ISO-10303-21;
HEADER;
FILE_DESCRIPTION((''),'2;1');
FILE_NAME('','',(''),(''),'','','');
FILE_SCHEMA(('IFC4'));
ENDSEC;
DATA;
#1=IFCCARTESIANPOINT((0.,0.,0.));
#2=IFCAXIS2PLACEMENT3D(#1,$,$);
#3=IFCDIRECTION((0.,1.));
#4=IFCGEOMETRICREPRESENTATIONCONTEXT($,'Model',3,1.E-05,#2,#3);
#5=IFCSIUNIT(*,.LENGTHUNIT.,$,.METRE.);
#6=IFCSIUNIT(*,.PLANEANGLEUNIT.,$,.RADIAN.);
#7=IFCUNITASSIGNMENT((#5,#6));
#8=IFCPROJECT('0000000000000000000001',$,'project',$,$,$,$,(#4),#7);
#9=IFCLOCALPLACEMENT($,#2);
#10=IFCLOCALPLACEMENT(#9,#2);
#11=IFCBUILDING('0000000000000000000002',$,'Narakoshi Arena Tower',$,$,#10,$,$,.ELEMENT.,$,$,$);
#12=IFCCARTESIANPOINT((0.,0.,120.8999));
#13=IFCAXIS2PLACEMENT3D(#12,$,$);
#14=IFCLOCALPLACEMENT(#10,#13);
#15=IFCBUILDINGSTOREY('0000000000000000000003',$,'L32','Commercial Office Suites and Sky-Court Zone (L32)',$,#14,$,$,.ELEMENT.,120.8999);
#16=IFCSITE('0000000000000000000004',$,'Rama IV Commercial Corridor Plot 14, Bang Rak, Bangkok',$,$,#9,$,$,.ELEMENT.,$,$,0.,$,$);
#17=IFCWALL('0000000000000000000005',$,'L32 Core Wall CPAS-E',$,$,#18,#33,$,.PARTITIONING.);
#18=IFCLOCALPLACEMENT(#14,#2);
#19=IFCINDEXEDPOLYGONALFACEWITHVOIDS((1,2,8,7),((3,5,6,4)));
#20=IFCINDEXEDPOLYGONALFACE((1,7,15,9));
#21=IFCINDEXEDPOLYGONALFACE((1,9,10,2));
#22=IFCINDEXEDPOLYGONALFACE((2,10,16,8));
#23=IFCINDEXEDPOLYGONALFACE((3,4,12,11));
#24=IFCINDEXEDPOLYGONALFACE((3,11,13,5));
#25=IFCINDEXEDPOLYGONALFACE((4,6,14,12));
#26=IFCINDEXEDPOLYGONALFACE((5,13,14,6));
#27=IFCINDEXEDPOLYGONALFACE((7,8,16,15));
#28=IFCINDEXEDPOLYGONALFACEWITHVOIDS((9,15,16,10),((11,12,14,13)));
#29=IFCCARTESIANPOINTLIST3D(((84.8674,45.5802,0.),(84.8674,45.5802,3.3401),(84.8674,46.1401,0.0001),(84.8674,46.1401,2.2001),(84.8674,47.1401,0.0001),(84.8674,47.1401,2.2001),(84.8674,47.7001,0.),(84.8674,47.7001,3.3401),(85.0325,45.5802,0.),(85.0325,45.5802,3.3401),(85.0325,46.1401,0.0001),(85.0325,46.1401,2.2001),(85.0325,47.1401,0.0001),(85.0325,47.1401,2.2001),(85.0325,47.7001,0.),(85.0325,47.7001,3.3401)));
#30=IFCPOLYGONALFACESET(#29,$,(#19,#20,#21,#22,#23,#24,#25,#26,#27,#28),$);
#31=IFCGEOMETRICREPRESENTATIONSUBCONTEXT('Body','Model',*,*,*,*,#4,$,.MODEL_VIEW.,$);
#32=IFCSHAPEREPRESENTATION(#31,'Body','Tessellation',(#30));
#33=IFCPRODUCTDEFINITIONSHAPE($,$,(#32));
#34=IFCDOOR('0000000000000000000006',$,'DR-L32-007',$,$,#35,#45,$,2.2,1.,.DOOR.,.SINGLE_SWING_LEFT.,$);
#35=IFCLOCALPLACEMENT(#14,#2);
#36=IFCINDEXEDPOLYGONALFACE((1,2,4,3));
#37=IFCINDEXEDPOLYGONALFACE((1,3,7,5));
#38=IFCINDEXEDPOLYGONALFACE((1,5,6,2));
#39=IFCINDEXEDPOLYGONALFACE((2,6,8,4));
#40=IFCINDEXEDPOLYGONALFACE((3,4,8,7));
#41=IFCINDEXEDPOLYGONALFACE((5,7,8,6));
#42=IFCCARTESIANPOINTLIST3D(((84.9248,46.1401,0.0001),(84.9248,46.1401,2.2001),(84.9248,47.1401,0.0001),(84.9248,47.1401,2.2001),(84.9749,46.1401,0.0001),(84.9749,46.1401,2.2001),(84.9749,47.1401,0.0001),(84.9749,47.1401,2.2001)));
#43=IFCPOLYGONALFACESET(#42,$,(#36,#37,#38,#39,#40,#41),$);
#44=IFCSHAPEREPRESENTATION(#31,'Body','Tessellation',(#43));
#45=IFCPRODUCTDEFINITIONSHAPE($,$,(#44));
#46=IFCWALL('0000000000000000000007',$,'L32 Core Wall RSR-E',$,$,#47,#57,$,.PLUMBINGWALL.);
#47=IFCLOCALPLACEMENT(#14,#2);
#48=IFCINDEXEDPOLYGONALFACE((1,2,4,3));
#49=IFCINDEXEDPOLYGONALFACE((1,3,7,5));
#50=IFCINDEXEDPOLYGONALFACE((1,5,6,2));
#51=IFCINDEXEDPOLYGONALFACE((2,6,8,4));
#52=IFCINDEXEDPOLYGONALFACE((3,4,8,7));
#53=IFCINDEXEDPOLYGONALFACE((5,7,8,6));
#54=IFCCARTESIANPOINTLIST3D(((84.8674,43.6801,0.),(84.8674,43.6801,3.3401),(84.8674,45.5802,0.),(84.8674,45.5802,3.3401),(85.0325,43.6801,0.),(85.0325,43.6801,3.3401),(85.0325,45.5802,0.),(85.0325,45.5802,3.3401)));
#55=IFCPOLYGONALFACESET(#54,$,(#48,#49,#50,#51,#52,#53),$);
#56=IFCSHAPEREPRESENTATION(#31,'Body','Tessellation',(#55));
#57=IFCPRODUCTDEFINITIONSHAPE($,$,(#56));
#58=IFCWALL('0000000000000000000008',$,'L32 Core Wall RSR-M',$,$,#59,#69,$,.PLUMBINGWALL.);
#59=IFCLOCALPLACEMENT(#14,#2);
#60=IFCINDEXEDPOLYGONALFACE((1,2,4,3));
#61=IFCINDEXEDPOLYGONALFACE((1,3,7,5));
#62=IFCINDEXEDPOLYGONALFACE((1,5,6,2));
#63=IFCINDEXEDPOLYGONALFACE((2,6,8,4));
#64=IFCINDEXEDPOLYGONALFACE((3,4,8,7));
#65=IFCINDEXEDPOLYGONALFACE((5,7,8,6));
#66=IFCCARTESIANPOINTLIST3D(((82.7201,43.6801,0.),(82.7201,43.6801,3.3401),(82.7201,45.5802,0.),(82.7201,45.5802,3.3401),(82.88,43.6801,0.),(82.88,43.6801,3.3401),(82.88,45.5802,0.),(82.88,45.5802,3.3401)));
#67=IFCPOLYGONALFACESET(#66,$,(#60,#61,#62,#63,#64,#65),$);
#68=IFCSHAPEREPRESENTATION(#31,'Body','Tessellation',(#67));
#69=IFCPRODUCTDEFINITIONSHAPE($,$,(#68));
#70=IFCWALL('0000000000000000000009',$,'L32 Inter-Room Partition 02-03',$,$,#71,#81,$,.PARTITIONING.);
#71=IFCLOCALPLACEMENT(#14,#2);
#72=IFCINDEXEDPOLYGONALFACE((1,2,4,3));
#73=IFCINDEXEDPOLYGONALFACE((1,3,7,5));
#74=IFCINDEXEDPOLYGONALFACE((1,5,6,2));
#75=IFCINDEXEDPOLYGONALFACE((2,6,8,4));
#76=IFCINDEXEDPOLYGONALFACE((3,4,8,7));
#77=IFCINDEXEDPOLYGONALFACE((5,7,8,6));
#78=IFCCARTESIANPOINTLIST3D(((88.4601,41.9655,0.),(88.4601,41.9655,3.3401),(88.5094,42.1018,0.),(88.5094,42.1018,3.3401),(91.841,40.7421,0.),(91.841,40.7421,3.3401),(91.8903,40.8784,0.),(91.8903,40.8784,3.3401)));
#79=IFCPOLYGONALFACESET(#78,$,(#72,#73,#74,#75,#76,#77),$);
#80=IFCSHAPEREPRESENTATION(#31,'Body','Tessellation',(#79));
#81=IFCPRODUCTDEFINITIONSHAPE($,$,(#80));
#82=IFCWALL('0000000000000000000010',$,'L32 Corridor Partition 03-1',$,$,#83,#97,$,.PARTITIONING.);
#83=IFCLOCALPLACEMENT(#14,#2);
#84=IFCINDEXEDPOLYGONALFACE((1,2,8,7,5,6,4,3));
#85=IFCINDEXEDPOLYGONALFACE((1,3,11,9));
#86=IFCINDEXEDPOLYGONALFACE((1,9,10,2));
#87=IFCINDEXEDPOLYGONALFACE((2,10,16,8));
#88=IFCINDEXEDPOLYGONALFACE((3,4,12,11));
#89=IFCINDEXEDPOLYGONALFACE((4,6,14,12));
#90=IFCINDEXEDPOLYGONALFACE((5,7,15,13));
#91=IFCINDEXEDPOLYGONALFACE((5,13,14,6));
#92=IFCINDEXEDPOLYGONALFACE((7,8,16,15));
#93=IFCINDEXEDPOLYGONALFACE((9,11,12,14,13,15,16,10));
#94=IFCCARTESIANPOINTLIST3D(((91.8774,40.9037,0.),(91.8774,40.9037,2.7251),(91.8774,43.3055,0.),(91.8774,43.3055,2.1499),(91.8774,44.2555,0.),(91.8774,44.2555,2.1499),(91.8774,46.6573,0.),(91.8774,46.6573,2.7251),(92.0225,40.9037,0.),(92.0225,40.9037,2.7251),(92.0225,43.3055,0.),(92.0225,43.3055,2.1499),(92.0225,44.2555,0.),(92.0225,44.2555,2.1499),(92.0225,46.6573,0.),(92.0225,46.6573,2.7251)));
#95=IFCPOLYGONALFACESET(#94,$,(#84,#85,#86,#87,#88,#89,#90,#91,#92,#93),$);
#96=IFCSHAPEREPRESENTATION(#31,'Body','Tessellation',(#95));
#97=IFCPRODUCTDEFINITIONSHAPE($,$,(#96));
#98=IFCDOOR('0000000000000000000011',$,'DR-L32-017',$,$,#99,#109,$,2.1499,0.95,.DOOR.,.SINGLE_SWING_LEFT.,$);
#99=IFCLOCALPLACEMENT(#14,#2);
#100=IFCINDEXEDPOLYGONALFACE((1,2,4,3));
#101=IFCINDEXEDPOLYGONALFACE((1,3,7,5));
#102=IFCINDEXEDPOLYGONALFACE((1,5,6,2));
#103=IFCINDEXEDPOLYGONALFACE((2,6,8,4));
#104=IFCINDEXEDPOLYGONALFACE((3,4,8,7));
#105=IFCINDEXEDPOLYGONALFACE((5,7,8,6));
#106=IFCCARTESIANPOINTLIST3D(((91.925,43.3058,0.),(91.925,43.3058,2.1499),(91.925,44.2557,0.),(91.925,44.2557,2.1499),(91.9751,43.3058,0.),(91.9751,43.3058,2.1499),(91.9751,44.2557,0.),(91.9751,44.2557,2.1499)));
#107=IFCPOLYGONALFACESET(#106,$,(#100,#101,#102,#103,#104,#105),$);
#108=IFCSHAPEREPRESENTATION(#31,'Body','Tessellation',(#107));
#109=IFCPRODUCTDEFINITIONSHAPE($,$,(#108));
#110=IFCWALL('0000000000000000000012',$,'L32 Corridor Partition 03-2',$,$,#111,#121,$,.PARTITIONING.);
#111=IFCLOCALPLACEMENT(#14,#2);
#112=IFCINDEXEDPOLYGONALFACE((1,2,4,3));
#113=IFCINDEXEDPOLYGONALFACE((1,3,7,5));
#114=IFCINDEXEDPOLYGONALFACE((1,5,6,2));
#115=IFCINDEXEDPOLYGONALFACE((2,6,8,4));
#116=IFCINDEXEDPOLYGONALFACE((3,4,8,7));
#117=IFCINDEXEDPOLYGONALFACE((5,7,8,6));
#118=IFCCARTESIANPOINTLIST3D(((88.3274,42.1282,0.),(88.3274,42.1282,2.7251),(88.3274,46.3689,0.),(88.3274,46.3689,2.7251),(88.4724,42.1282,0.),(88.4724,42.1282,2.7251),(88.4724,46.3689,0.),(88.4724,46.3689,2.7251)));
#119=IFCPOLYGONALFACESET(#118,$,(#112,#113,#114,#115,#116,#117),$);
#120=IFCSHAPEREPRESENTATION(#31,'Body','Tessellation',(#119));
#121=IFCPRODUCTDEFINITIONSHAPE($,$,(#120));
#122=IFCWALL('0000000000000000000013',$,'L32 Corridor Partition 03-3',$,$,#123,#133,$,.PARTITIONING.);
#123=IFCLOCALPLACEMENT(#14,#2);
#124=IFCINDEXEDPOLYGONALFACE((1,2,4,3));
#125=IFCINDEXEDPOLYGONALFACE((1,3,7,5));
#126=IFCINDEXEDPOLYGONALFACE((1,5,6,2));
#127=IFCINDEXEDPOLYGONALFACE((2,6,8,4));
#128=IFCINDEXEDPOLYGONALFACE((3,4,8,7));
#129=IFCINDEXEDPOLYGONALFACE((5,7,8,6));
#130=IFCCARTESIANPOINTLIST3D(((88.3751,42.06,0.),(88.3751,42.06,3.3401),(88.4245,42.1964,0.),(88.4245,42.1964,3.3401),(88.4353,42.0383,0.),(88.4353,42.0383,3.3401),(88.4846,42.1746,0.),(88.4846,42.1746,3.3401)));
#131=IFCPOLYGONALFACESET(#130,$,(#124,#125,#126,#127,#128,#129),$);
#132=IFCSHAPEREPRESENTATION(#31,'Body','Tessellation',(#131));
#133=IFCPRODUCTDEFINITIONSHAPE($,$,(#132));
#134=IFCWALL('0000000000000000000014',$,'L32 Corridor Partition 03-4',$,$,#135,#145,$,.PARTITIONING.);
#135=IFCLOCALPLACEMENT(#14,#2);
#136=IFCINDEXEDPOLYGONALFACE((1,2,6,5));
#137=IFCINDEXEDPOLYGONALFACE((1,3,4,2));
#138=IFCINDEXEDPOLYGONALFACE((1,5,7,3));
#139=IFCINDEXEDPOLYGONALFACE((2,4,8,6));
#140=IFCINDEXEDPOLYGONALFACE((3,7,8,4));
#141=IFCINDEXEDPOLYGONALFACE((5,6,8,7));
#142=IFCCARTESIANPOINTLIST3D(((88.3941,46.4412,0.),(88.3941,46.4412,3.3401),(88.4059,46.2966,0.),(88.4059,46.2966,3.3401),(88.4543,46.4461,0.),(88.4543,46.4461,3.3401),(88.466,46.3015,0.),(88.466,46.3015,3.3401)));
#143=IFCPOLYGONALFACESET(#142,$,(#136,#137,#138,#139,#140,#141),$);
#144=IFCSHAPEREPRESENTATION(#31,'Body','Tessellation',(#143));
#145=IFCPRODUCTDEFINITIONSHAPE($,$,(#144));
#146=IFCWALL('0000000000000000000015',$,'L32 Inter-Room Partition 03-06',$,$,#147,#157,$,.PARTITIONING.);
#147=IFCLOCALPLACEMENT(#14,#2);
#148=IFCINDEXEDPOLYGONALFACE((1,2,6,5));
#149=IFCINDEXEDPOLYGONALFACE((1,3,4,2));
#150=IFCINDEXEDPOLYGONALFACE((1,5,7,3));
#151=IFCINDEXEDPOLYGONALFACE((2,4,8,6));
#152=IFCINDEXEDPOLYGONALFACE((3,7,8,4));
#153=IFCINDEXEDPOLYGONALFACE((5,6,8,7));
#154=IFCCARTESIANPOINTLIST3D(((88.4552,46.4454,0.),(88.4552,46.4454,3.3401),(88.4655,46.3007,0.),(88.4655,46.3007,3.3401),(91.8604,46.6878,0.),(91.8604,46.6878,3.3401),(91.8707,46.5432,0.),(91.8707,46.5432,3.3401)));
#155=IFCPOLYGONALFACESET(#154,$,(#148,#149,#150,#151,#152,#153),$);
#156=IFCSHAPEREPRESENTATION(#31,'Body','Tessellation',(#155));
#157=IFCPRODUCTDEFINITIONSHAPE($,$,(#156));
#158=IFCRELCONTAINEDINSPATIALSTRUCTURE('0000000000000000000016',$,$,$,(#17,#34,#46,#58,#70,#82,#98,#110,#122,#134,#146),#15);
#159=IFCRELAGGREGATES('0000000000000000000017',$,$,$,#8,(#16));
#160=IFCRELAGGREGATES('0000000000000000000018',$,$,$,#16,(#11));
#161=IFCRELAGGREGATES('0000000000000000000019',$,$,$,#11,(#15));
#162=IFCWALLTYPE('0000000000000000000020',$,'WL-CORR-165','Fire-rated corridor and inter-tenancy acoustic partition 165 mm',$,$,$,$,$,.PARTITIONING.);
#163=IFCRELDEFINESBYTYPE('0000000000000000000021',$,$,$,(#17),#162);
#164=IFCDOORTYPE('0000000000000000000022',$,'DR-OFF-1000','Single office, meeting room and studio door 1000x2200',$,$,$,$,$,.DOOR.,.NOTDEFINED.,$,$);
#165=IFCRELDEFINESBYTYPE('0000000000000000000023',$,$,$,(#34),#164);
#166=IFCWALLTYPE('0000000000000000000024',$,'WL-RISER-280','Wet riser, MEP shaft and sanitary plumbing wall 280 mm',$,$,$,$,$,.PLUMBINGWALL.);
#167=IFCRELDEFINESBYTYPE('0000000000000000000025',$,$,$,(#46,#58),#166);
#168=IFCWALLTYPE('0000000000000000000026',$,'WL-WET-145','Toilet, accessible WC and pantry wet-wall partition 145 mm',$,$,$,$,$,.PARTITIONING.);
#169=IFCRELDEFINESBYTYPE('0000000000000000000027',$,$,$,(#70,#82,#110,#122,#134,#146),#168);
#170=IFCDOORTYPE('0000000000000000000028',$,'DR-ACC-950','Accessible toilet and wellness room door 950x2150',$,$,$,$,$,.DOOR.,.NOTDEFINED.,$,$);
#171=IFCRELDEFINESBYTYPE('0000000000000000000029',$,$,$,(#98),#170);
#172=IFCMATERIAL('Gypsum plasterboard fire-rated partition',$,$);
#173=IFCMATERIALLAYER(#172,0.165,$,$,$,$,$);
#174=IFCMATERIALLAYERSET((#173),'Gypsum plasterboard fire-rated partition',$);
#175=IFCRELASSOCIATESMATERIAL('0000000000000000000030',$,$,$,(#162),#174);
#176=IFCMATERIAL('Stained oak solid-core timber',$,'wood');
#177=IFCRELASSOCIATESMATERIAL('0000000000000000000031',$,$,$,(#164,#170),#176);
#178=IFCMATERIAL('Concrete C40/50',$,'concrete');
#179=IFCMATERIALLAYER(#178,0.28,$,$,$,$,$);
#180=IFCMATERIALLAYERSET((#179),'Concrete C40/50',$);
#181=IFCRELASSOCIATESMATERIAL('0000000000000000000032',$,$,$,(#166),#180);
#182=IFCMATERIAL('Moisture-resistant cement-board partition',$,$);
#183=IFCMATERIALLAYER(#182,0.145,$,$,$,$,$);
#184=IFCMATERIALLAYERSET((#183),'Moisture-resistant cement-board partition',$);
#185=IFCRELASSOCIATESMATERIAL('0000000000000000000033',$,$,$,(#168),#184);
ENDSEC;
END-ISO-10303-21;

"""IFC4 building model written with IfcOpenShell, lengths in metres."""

from ifc_helpers import new_model, si_unit, direction, frame, frame_2d, origin, place, context, subcontext, project, spatial, rectangle, extrude, material, layer, layer_set, type_object, element, fill, save


model = new_model("IFC4")

# Units and contexts
model_context = context("Model", 3, precision=1e-05, world=origin(), true_north=direction((0.0, 1.0)))
body_context = subcontext(model_context, "Body", "Model", "MODEL_VIEW")
ifc_project = project(units=[si_unit("LENGTHUNIT", "METRE"), si_unit("PLANEANGLEUNIT", "RADIAN")], contexts=[model_context])

# Site, building, storey
site_placement = place(None, origin())
site = spatial("IfcSite", under=ifc_project, at=site_placement, Name="Rama IV Commercial Corridor Plot 14, Bang Rak, Bangkok", CompositionType="ELEMENT", RefElevation=0.0)
building_placement = place(site_placement, origin())
building = spatial("IfcBuilding", under=site, at=building_placement, Name="Narakoshi Arena Tower", CompositionType="ELEMENT")
storey_placement = place(building_placement, frame((0.0, 0.0, 120.8999)))
storey = spatial("IfcBuildingStorey", under=building, at=storey_placement, Name="L32", Description="Commercial Office Suites and Sky-Court Zone (L32)", CompositionType="ELEMENT", Elevation=120.8999)

# Wall, opening, door
ifc_material_1 = material(Name="Gypsum plasterboard fire-rated partition")
ifc_layer_1 = layer(ifc_material_1, 0.165)
ifc_layer_set_1 = layer_set([ifc_layer_1], Name="Gypsum plasterboard fire-rated partition")
wall_type_1 = type_object("IfcWallType", Name="WL-CORR-165", Description="Fire-rated corridor and inter-tenancy acoustic partition 165 mm", PredefinedType="PARTITIONING", material=ifc_layer_set_1)
wall_1_placement = place(storey_placement, frame((84.95, 45.5801, 0.0), z_axis=(0.0, 0.0, 1.0), x_axis=(0.0, 1.0, 0.0)))
wall_1 = element("IfcWall", 1, at=wall_1_placement, inside=storey, type_object=wall_type_1, Name="L32 Core Wall CPAS-E", PredefinedType="PARTITIONING", context=body_context, shape_type="SweptSolid", body=[
    extrude(rectangle(XDim=2.1199, YDim=0.165, at=frame_2d((1.0601, 0.0))), origin(), (0.0, 0.0, 1.0), 3.3401),
])
opening_1_placement = place(wall_1_placement, frame((0.5601, 0.0, 0.0)))
opening_1 = element("IfcOpeningElement", 2, at=opening_1_placement, cuts=wall_1, PredefinedType="OPENING", context=body_context, shape_type="SweptSolid", body=[
    extrude(rectangle(XDim=1.0, YDim=2.2, at=frame_2d((0.5, 1.1001))), frame((0.0, 0.0925, 0.0), z_axis=(0.0, -1.0, 0.0), x_axis=(1.0, 0.0, 0.0)), (0.0, 0.0, 1.0), 0.1851),
])
ifc_material_2 = material(Name="Stained oak solid-core timber", Category="wood")
door_type_1 = type_object("IfcDoorType", Name="DR-OFF-1000", Description="Single office, meeting room and studio door 1000x2200", OperationType="NOTDEFINED", PredefinedType="DOOR", material=ifc_material_2)
door_1_placement = place(opening_1_placement, frame((1.0, 0.0, 0.0), z_axis=(0.0, 0.0, 1.0), x_axis=(-1.0, 0.0, 0.0)))
door_1 = element("IfcDoor", 3, at=door_1_placement, inside=storey, type_object=door_type_1, Name="DR-L32-007", OperationType="SINGLE_SWING_LEFT", OverallHeight=2.2, OverallWidth=1.0, PredefinedType="DOOR", context=body_context, shape_type="SweptSolid", body=[
    extrude(rectangle(XDim=1.0, YDim=2.2, at=frame_2d((0.5, 1.1001))), frame((0.0, 0.0249, 0.0), z_axis=(0.0, -1.0, 0.0), x_axis=(1.0, 0.0, 0.0)), (0.0, 0.0, 1.0), 0.05),
])
fill(opening_1, door_1)

# Walls
ifc_material_3 = material(Name="Concrete C40/50", Category="concrete")
ifc_layer_2 = layer(ifc_material_3, 0.28)
ifc_layer_set_2 = layer_set([ifc_layer_2], Name="Concrete C40/50")
wall_type_2 = type_object("IfcWallType", Name="WL-RISER-280", Description="Wet riser, MEP shaft and sanitary plumbing wall 280 mm", PredefinedType="PLUMBINGWALL", material=ifc_layer_set_2)
wall_2_placement = place(storey_placement, frame((84.95, 43.6799, 0.0), z_axis=(0.0, 0.0, 1.0), x_axis=(0.0, 1.0, 0.0)))
element("IfcWall", 4, at=wall_2_placement, inside=storey, type_object=wall_type_2, Name="L32 Core Wall RSR-E", PredefinedType="PLUMBINGWALL", context=body_context, shape_type="SweptSolid", body=[
    extrude(rectangle(XDim=1.9001, YDim=0.165, at=frame_2d((0.9502, 0.0))), origin(), (0.0, 0.0, 1.0), 3.3401),
])
wall_3_placement = place(storey_placement, frame((82.8, 43.6799, 0.0), z_axis=(0.0, 0.0, 1.0), x_axis=(0.0, 1.0, 0.0)))
element("IfcWall", 5, at=wall_3_placement, inside=storey, type_object=wall_type_2, Name="L32 Core Wall RSR-M", PredefinedType="PLUMBINGWALL", context=body_context, shape_type="SweptSolid", body=[
    extrude(rectangle(XDim=1.9001, YDim=0.1599, at=frame_2d((0.9502, 0.0))), origin(), (0.0, 0.0, 1.0), 3.3401),
])
ifc_material_4 = material(Name="Moisture-resistant cement-board partition")
ifc_layer_3 = layer(ifc_material_4, 0.145)
ifc_layer_set_3 = layer_set([ifc_layer_3], Name="Moisture-resistant cement-board partition")
wall_type_3 = type_object("IfcWallType", Name="WL-WET-145", Description="Toilet, accessible WC and pantry wet-wall partition 145 mm", PredefinedType="PARTITIONING", material=ifc_layer_set_3)
wall_4_placement = place(storey_placement, frame((88.4846, 42.0337, 0.0), z_axis=(0.0, 0.0, 1.0), x_axis=(0.94033, -0.340265, 0.0)))
element("IfcWall", 6, at=wall_4_placement, inside=storey, type_object=wall_type_3, Name="L32 Inter-Room Partition 02-03", PredefinedType="PARTITIONING", context=body_context, shape_type="SweptSolid", body=[
    extrude(rectangle(XDim=3.5955, YDim=0.145, at=frame_2d((1.7979, 0.0))), origin(), (0.0, 0.0, 1.0), 3.3401),
])

# Wall, opening, door
wall_5_placement = place(storey_placement, frame((91.95, 46.6575, 0.0), z_axis=(0.0, 0.0, 1.0), x_axis=(0.0, -1.0, 0.0)))
wall_5 = element("IfcWall", 7, at=wall_5_placement, inside=storey, type_object=wall_type_3, Name="L32 Corridor Partition 03-1", PredefinedType="PARTITIONING", context=body_context, shape_type="SweptSolid", body=[
    extrude(rectangle(XDim=5.7537, YDim=0.145, at=frame_2d((2.877, 0.0))), origin(), (0.0, 0.0, 1.0), 2.7251),
])
opening_2_placement = place(wall_5_placement, frame((2.4019, 0.0, 0.0)))
opening_2 = element("IfcOpeningElement", 8, at=opening_2_placement, cuts=wall_5, PredefinedType="OPENING", context=body_context, shape_type="SweptSolid", body=[
    extrude(rectangle(XDim=0.95, YDim=2.1499, at=frame_2d((0.4751, 1.075))), frame((0.0, 0.0825, 0.0), z_axis=(0.0, -1.0, 0.0), x_axis=(1.0, 0.0, 0.0)), (0.0, 0.0, 1.0), 0.165),
])
door_type_2 = type_object("IfcDoorType", Name="DR-ACC-950", Description="Accessible toilet and wellness room door 950x2150", OperationType="NOTDEFINED", PredefinedType="DOOR", material=ifc_material_2)
door_2_placement = place(opening_2_placement, frame((0.95, 0.0, 0.0), z_axis=(0.0, 0.0, 1.0), x_axis=(-1.0, 0.0, 0.0)))
door_2 = element("IfcDoor", 9, at=door_2_placement, inside=storey, type_object=door_type_2, Name="DR-L32-017", OperationType="SINGLE_SWING_LEFT", OverallHeight=2.1499, OverallWidth=0.95, PredefinedType="DOOR", context=body_context, shape_type="SweptSolid", body=[
    extrude(rectangle(XDim=0.95, YDim=2.1499, at=frame_2d((0.4751, 1.075))), frame((0.0, 0.0249, 0.0), z_axis=(0.0, -1.0, 0.0), x_axis=(1.0, 0.0, 0.0)), (0.0, 0.0, 1.0), 0.05),
])
fill(opening_2, door_2)

# Walls
wall_6_placement = place(storey_placement, frame((88.3999, 42.1282, 0.0), z_axis=(0.0, 0.0, 1.0), x_axis=(0.0, 1.0, 0.0)))
element("IfcWall", 10, at=wall_6_placement, inside=storey, type_object=wall_type_3, Name="L32 Corridor Partition 03-2", PredefinedType="PARTITIONING", context=body_context, shape_type="SweptSolid", body=[
    extrude(rectangle(XDim=4.2407, YDim=0.145, at=frame_2d((2.1204, 0.0))), origin(), (0.0, 0.0, 1.0), 2.7251),
])
wall_7_placement = place(storey_placement, frame((88.46, 42.1064, 0.0), z_axis=(0.0, 0.0, 1.0), x_axis=(-0.94035, 0.340208, 0.0)))
element("IfcWall", 11, at=wall_7_placement, inside=storey, type_object=wall_type_3, Name="L32 Corridor Partition 03-3", PredefinedType="PARTITIONING", context=body_context, shape_type="SweptSolid", body=[
    extrude(rectangle(XDim=0.064, YDim=0.145, at=frame_2d((0.032, 0.0))), origin(), (0.0, 0.0, 1.0), 3.3401),
])
wall_8_placement = place(storey_placement, frame((88.3999, 46.3689, 0.0), z_axis=(0.0, 0.0, 1.0), x_axis=(0.996711, 0.081033, 0.0)))
element("IfcWall", 12, at=wall_8_placement, inside=storey, type_object=wall_type_3, Name="L32 Corridor Partition 03-4", PredefinedType="PARTITIONING", context=body_context, shape_type="SweptSolid", body=[
    extrude(rectangle(XDim=0.0603, YDim=0.145, at=frame_2d((0.0303, 0.0))), origin(), (0.0, 0.0, 1.0), 3.3401),
])
wall_9_placement = place(storey_placement, frame((88.4602, 46.373, 0.0), z_axis=(0.0, 0.0, 1.0), x_axis=(0.997475, 0.071013, 0.0)))
element("IfcWall", 13, at=wall_9_placement, inside=storey, type_object=wall_type_3, Name="L32 Inter-Room Partition 03-06", PredefinedType="PARTITIONING", context=body_context, shape_type="SweptSolid", body=[
    extrude(rectangle(XDim=3.4138, YDim=0.145, at=frame_2d((1.707, 0.0))), origin(), (0.0, 0.0, 1.0), 3.3401),
])

save(model, "model.ifc")
